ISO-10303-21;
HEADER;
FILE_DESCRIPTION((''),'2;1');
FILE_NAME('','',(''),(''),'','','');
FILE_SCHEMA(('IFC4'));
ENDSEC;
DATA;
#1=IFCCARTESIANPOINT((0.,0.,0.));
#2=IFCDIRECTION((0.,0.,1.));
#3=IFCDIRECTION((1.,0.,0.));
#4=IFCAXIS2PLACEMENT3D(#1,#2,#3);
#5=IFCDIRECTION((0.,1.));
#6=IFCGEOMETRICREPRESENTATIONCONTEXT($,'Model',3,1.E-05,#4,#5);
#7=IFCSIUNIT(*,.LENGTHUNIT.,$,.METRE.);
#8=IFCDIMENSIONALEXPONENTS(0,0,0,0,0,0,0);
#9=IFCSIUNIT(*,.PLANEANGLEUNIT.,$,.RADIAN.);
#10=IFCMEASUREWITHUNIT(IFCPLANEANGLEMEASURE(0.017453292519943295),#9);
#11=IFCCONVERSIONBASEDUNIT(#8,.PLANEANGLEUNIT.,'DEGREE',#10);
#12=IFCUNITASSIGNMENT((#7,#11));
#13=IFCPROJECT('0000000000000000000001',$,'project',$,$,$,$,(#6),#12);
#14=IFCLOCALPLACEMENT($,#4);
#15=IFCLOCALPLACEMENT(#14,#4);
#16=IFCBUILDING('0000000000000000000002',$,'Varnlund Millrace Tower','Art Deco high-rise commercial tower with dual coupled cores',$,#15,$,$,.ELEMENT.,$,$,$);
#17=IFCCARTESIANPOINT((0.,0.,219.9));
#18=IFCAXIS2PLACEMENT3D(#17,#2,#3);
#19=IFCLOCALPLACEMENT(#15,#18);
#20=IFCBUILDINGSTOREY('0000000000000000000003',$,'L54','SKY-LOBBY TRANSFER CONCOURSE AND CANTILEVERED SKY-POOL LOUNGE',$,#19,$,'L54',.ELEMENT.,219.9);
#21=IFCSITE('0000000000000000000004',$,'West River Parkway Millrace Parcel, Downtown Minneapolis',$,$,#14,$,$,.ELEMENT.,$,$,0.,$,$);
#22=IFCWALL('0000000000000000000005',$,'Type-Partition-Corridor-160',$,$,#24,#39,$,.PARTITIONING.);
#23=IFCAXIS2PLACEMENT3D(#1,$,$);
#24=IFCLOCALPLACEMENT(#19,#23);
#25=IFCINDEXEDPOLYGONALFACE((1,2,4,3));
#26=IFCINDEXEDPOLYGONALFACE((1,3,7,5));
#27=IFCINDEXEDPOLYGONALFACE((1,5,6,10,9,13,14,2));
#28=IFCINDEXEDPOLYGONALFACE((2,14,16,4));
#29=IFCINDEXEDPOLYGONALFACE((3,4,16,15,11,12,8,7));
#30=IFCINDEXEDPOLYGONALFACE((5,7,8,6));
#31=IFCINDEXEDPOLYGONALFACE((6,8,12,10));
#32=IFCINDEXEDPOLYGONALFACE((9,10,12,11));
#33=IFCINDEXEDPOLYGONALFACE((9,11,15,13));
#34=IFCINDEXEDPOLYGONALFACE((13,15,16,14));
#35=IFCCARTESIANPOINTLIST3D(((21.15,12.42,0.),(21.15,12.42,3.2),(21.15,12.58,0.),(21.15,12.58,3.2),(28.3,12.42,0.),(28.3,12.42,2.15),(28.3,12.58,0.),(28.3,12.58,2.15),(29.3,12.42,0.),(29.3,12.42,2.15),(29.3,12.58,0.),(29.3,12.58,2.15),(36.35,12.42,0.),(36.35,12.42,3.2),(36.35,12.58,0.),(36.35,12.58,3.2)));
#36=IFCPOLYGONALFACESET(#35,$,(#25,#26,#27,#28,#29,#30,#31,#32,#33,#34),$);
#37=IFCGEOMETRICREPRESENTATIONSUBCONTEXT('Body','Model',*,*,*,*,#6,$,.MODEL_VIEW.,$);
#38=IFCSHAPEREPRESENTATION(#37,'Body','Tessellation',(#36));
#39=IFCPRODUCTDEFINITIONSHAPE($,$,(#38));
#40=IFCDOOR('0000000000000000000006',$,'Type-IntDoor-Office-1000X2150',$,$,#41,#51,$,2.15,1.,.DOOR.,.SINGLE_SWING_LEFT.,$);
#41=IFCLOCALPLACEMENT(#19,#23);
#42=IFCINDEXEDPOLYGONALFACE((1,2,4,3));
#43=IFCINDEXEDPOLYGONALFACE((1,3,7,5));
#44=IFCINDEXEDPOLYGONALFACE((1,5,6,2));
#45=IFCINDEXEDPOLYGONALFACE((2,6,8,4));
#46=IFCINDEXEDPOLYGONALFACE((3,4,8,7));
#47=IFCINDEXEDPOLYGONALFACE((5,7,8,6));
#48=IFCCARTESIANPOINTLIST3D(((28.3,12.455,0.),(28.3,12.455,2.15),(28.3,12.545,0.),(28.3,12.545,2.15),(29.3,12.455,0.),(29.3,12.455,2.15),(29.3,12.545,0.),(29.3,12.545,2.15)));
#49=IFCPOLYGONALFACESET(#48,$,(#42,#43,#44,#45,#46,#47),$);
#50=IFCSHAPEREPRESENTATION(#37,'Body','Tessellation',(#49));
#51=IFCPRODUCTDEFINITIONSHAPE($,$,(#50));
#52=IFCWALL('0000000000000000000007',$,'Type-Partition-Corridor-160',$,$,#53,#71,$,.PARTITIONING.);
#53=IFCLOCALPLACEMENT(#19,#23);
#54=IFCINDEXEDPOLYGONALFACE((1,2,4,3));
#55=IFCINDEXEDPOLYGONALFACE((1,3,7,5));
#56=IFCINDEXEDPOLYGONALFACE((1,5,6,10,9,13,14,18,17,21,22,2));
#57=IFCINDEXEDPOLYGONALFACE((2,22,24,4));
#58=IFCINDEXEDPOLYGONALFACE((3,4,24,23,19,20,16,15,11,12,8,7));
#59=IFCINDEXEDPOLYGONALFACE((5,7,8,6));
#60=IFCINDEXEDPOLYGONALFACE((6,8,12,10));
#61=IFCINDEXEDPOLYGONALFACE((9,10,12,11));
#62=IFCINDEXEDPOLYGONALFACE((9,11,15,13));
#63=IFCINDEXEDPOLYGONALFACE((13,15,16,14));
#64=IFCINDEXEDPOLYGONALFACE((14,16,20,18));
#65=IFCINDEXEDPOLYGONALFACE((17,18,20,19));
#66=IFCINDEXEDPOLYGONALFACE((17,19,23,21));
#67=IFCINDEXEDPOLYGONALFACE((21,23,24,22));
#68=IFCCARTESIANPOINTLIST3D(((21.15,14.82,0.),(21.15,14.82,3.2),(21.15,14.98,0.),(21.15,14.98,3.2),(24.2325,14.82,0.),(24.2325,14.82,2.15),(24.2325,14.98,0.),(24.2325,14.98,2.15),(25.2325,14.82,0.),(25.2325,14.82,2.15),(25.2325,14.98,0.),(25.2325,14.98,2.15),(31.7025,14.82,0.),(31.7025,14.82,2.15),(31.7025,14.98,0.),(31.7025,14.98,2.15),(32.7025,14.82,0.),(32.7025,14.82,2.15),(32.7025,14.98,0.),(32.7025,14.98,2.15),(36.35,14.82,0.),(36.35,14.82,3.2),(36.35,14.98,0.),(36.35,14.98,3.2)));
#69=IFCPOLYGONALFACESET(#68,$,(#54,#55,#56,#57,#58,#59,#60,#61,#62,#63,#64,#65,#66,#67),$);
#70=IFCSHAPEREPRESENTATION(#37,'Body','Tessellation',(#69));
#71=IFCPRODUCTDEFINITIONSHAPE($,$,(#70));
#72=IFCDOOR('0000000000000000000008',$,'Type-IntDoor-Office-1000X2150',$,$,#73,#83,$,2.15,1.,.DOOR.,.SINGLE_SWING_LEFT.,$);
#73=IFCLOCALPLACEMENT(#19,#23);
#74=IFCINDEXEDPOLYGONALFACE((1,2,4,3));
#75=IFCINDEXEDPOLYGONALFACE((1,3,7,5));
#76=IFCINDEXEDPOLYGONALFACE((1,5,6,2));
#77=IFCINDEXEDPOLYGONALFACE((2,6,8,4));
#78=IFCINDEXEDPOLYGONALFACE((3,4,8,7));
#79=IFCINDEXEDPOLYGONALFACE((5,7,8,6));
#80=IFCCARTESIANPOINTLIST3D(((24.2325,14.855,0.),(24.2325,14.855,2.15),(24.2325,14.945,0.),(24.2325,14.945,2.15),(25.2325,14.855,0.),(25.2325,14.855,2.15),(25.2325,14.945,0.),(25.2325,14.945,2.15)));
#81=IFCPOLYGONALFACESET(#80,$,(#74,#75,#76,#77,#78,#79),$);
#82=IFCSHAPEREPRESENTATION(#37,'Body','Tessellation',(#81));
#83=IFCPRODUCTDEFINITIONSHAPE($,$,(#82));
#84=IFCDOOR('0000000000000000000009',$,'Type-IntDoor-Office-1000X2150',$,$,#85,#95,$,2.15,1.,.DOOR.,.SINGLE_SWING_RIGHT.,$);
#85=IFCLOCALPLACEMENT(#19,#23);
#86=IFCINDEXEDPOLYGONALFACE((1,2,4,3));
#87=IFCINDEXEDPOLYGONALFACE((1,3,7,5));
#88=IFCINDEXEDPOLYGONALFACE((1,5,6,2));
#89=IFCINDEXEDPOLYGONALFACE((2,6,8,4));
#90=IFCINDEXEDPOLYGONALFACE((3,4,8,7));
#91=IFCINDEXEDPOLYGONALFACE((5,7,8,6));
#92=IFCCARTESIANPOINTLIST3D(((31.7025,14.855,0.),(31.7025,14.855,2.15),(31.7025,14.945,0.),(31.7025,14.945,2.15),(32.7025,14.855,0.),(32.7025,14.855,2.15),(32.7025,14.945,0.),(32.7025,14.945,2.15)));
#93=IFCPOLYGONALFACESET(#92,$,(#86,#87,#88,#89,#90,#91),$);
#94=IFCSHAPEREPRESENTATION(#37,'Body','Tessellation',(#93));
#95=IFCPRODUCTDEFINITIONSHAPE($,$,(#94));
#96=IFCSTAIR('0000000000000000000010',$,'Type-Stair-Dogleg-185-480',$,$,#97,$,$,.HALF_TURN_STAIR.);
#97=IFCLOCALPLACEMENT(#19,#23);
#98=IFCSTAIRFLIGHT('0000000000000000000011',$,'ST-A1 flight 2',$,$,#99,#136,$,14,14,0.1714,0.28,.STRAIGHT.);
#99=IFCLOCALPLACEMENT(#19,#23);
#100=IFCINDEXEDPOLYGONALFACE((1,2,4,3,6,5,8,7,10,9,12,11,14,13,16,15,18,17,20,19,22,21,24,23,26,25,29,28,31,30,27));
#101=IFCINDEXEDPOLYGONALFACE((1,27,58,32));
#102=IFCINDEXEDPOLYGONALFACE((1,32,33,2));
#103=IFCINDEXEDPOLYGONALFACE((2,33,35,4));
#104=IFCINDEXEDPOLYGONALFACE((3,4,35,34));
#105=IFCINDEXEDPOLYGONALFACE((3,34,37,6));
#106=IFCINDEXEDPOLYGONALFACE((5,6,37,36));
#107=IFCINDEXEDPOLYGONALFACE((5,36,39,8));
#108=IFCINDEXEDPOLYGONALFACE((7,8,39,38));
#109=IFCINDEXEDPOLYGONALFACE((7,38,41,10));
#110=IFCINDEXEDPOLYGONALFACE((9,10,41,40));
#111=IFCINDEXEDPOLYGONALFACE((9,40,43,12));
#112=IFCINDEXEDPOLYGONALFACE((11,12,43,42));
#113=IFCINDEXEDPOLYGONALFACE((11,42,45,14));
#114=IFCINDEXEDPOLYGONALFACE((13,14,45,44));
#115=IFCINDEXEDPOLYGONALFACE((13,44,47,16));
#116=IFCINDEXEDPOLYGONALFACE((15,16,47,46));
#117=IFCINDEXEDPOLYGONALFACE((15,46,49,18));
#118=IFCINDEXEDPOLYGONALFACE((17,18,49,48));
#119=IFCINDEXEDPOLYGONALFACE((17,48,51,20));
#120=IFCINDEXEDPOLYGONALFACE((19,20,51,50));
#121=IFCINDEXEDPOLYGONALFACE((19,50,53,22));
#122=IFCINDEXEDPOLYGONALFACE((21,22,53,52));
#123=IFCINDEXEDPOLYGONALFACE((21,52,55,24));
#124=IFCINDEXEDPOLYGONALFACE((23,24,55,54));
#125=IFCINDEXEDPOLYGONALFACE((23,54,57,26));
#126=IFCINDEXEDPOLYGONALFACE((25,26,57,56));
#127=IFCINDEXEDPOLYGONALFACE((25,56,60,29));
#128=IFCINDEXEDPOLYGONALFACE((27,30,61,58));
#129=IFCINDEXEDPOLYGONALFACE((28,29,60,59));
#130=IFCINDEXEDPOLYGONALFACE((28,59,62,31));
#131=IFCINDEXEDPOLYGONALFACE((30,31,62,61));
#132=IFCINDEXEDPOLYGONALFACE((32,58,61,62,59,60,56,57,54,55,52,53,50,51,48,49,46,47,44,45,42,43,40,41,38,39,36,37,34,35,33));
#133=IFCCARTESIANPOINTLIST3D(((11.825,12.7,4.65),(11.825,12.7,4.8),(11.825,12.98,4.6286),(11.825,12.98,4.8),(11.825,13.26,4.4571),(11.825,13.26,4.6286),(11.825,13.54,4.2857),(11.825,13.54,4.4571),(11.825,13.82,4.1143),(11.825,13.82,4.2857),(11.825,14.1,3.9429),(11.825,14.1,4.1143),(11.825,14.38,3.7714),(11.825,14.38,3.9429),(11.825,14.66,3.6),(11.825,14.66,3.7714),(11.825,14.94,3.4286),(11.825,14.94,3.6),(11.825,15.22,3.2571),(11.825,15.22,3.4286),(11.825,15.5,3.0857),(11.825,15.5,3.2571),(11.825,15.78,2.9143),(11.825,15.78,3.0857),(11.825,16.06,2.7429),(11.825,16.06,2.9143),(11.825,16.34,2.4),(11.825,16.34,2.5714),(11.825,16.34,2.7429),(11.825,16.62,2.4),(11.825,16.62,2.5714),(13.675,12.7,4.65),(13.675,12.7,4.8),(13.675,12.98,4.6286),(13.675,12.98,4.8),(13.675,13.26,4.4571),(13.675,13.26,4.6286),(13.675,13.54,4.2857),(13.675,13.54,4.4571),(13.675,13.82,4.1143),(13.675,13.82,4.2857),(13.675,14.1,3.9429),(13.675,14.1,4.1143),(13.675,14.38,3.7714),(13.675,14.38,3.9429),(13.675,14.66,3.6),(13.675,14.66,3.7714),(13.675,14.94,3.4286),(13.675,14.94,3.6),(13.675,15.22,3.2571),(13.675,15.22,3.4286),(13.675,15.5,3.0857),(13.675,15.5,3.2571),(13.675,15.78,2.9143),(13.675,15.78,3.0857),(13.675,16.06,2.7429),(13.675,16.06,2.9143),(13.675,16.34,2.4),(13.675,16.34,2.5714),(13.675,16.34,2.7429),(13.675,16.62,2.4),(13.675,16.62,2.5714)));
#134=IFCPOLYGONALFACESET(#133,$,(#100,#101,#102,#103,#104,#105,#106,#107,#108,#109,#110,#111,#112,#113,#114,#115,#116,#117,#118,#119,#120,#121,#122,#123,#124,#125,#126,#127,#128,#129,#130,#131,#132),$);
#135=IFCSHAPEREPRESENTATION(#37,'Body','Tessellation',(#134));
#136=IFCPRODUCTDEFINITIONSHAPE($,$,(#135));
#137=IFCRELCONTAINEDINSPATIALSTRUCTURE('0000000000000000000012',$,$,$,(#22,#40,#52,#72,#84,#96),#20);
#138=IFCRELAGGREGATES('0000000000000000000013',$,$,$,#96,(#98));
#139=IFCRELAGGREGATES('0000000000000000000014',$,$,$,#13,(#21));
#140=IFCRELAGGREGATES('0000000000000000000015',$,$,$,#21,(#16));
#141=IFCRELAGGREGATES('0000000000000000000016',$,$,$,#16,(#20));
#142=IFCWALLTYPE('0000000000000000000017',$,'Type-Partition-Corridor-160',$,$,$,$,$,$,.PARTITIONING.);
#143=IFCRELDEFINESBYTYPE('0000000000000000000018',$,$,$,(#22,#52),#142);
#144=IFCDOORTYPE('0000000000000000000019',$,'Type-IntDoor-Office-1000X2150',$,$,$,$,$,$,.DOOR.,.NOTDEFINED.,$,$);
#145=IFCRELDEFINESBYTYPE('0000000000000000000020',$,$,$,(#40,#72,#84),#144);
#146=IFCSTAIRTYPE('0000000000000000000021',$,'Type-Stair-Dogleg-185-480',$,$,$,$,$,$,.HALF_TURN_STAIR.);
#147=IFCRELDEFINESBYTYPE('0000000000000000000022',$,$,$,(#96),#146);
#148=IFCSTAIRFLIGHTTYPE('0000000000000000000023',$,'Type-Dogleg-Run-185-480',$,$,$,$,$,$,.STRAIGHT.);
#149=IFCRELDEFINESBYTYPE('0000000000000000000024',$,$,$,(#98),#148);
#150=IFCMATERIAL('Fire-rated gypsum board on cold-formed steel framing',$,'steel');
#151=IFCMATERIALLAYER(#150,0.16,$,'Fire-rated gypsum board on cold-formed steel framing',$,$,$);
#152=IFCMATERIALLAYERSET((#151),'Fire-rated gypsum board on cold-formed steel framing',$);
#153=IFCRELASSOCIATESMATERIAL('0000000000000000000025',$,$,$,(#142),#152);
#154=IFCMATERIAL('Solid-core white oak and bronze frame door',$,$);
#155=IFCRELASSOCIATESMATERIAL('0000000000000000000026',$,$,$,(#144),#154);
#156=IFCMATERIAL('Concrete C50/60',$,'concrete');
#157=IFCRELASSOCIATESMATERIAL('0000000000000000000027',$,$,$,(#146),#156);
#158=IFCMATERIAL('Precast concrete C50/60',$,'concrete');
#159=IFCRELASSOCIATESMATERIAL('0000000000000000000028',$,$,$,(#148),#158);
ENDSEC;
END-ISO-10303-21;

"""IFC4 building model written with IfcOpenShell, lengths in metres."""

from ifc_helpers import new_model, entity, si_unit, converted_unit, direction, frame, origin_with_axes, origin_2d_with_axis, place, context, subcontext, project, spatial, polyline, rectangle, outline, extrude, material, layer, layer_set, type_object, element, fill, aggregate, save


model = new_model("IFC4")

# Units and contexts
model_context = context("Model", 3, precision=1e-05, world=origin_with_axes(), true_north=direction((0.0, 1.0)))
body_context = subcontext(model_context, "Body", "Model", "MODEL_VIEW")
ifc_project = project(units=[si_unit("LENGTHUNIT", "METRE"), converted_unit("PLANEANGLEUNIT", "DEGREE", entity("IfcPlaneAngleMeasure", 0.017453292519943295), si_unit("PLANEANGLEUNIT", "RADIAN"), dimensions=[0, 0, 0, 0, 0, 0, 0])], contexts=[model_context])

# Site, building, storey
site_placement = place(None, origin_with_axes())
site = spatial("IfcSite", under=ifc_project, at=site_placement, Name="West River Parkway Millrace Parcel, Downtown Minneapolis", CompositionType="ELEMENT", RefElevation=0.0)
building_placement = place(site_placement, origin_with_axes())
building = spatial("IfcBuilding", under=site, at=building_placement, Name="Varnlund Millrace Tower", Description="Art Deco high-rise commercial tower with dual coupled cores", CompositionType="ELEMENT")
storey_placement = place(building_placement, frame((0.0, 0.0, 219.9), z_axis=(0.0, 0.0, 1.0), x_axis=(1.0, 0.0, 0.0)))
storey = spatial("IfcBuildingStorey", under=building, at=storey_placement, Name="L54", Description="SKY-LOBBY TRANSFER CONCOURSE AND CANTILEVERED SKY-POOL LOUNGE", LongName="L54", CompositionType="ELEMENT", Elevation=219.9)

# Shared definitions
ifc_material_1 = material(Name="Precast concrete C50/60", Category="concrete")

# Wall, opening, door
ifc_material_2 = material(Name="Fire-rated gypsum board on cold-formed steel framing", Category="steel")
ifc_layer_1 = layer(ifc_material_2, 0.16, Name="Fire-rated gypsum board on cold-formed steel framing")
ifc_layer_set_1 = layer_set([ifc_layer_1], Name="Fire-rated gypsum board on cold-formed steel framing")
wall_type_1 = type_object("IfcWallType", Name="Type-Partition-Corridor-160", PredefinedType="PARTITIONING", material=ifc_layer_set_1)
wall_1_placement = place(storey_placement, frame((21.15, 12.5, 0.0), z_axis=(0.0, 0.0, 1.0), x_axis=(1.0, 0.0, 0.0)))
wall_1 = element("IfcWall", 1, at=wall_1_placement, inside=storey, type_object=wall_type_1, Name="Type-Partition-Corridor-160", PredefinedType="PARTITIONING", context=body_context, shape_type="SweptSolid", body=[
    extrude(outline(polyline([(0.0, -0.08), (15.2, -0.08), (15.2, 0.08), (0.0, 0.08), (0.0, -0.08)])), origin_with_axes(), (0.0, 0.0, 1.0), 3.2),
])
opening_1_placement = place(wall_1_placement, frame((7.65, 0.0, 0.0), z_axis=(0.0, 0.0, 1.0), x_axis=(1.0, 0.0, 0.0)))
opening_1 = element("IfcOpeningElement", 2, at=opening_1_placement, cuts=wall_1, PredefinedType="OPENING", context=body_context, shape_type="SweptSolid", body=[
    extrude(rectangle(XDim=1.0, YDim=0.18, at=origin_2d_with_axis()), origin_with_axes(), (0.0, 0.0, 1.0), 2.15),
])
ifc_material_3 = material(Name="Solid-core white oak and bronze frame door")
door_type = type_object("IfcDoorType", Name="Type-IntDoor-Office-1000X2150", OperationType="NOTDEFINED", PredefinedType="DOOR", material=ifc_material_3)
door_1_placement = place(wall_1_placement, frame((7.65, 0.0, 0.0), z_axis=(0.0, 0.0, 1.0), x_axis=(1.0, 0.0, 0.0)))
door_1 = element("IfcDoor", 3, at=door_1_placement, inside=storey, type_object=door_type, Name="Type-IntDoor-Office-1000X2150", OperationType="SINGLE_SWING_LEFT", OverallHeight=2.15, OverallWidth=1.0, PredefinedType="DOOR", context=body_context, shape_type="SweptSolid", body=[
    extrude(rectangle(XDim=1.0, YDim=0.09, at=origin_2d_with_axis()), origin_with_axes(), (0.0, 0.0, 1.0), 2.15),
])
fill(opening_1, door_1)

# Wall, openings, doors
wall_2_placement = place(storey_placement, frame((21.15, 14.9, 0.0), z_axis=(0.0, 0.0, 1.0), x_axis=(1.0, 0.0, 0.0)))
wall_2 = element("IfcWall", 4, at=wall_2_placement, inside=storey, type_object=wall_type_1, Name="Type-Partition-Corridor-160", PredefinedType="PARTITIONING", context=body_context, shape_type="SweptSolid", body=[
    extrude(outline(polyline([(0.0, -0.08), (15.2, -0.08), (15.2, 0.08), (0.0, 0.08), (0.0, -0.08)])), origin_with_axes(), (0.0, 0.0, 1.0), 3.2),
])
opening_2_placement = place(wall_2_placement, frame((3.5825, 0.0, 0.0), z_axis=(0.0, 0.0, 1.0), x_axis=(1.0, 0.0, 0.0)))
opening_2 = element("IfcOpeningElement", 5, at=opening_2_placement, cuts=wall_2, PredefinedType="OPENING", context=body_context, shape_type="SweptSolid", body=[
    extrude(rectangle(XDim=1.0, YDim=0.18, at=origin_2d_with_axis()), origin_with_axes(), (0.0, 0.0, 1.0), 2.15),
])
opening_3_placement = place(wall_2_placement, frame((11.0525, 0.0, 0.0), z_axis=(0.0, 0.0, 1.0), x_axis=(1.0, 0.0, 0.0)))
opening_3 = element("IfcOpeningElement", 6, at=opening_3_placement, cuts=wall_2, PredefinedType="OPENING", context=body_context, shape_type="SweptSolid", body=[
    extrude(rectangle(XDim=1.0, YDim=0.18, at=origin_2d_with_axis()), origin_with_axes(), (0.0, 0.0, 1.0), 2.15),
])
door_2_placement = place(wall_2_placement, frame((3.5825, 0.0, 0.0), z_axis=(0.0, 0.0, 1.0), x_axis=(1.0, 0.0, 0.0)))
door_2 = element("IfcDoor", 7, at=door_2_placement, inside=storey, type_object=door_type, Name="Type-IntDoor-Office-1000X2150", OperationType="SINGLE_SWING_LEFT", OverallHeight=2.15, OverallWidth=1.0, PredefinedType="DOOR", context=body_context, shape_type="SweptSolid", body=[
    extrude(rectangle(XDim=1.0, YDim=0.09, at=origin_2d_with_axis()), origin_with_axes(), (0.0, 0.0, 1.0), 2.15),
])
fill(opening_2, door_2)
door_3_placement = place(wall_2_placement, frame((11.0525, 0.0, 0.0), z_axis=(0.0, 0.0, 1.0), x_axis=(1.0, 0.0, 0.0)))
door_3 = element("IfcDoor", 8, at=door_3_placement, inside=storey, type_object=door_type, Name="Type-IntDoor-Office-1000X2150", OperationType="SINGLE_SWING_RIGHT", OverallHeight=2.15, OverallWidth=1.0, PredefinedType="DOOR", context=body_context, shape_type="SweptSolid", body=[
    extrude(rectangle(XDim=1.0, YDim=0.09, at=origin_2d_with_axis()), origin_with_axes(), (0.0, 0.0, 1.0), 2.15),
])
fill(opening_3, door_3)

# Stair, stair flight
ifc_material_4 = material(Name="Concrete C50/60", Category="concrete")
stair_type = type_object("IfcStairType", Name="Type-Stair-Dogleg-185-480", PredefinedType="HALF_TURN_STAIR", material=ifc_material_4)
stair_placement = place(storey_placement, origin_with_axes())
stair = element("IfcStair", 9, at=stair_placement, inside=storey, type_object=stair_type, Name="Type-Stair-Dogleg-185-480", PredefinedType="HALF_TURN_STAIR")
stair_flight_type = type_object("IfcStairFlightType", Name="Type-Dogleg-Run-185-480", PredefinedType="STRAIGHT", material=ifc_material_1)
stair_flight_placement = place(storey_placement, frame((13.675, 16.62, 2.4), z_axis=(-1.0, 0.0, 0.0), x_axis=(0.0, -1.0, 0.0)))
stair_flight = element("IfcStairFlight", 10, at=stair_flight_placement, type_object=stair_flight_type, Name="ST-A1 flight 2", NumberOfRisers=14, NumberOfTreads=14, PredefinedType="STRAIGHT", RiserHeight=0.1714, TreadLength=0.28, context=body_context, shape_type="SweptSolid", body=[
    extrude(outline(polyline([(0.0, 0.0), (0.0, 0.1714), (0.28, 0.1714), (0.28, 0.3429), (0.56, 0.3429), (0.56, 0.5143), (0.84, 0.5143), (0.84, 0.6857), (1.12, 0.6857), (1.12, 0.8571), (1.4, 0.8571), (1.4, 1.0286), (1.68, 1.0286), (1.68, 1.2), (1.96, 1.2), (1.96, 1.3714), (2.24, 1.3714), (2.24, 1.5429), (2.52, 1.5429), (2.52, 1.7143), (2.8, 1.7143), (2.8, 1.8857), (3.08, 1.8857), (3.08, 2.0571), (3.36, 2.0571), (3.36, 2.2286), (3.64, 2.2286), (3.64, 2.4), (3.92, 2.4), (3.92, 2.25), (0.28, 0.0), (0.0, 0.0)])), origin_with_axes(), (0.0, 0.0, 1.0), 1.85),
])
aggregate(stair, [stair_flight])

save(model, "model.ifc")
